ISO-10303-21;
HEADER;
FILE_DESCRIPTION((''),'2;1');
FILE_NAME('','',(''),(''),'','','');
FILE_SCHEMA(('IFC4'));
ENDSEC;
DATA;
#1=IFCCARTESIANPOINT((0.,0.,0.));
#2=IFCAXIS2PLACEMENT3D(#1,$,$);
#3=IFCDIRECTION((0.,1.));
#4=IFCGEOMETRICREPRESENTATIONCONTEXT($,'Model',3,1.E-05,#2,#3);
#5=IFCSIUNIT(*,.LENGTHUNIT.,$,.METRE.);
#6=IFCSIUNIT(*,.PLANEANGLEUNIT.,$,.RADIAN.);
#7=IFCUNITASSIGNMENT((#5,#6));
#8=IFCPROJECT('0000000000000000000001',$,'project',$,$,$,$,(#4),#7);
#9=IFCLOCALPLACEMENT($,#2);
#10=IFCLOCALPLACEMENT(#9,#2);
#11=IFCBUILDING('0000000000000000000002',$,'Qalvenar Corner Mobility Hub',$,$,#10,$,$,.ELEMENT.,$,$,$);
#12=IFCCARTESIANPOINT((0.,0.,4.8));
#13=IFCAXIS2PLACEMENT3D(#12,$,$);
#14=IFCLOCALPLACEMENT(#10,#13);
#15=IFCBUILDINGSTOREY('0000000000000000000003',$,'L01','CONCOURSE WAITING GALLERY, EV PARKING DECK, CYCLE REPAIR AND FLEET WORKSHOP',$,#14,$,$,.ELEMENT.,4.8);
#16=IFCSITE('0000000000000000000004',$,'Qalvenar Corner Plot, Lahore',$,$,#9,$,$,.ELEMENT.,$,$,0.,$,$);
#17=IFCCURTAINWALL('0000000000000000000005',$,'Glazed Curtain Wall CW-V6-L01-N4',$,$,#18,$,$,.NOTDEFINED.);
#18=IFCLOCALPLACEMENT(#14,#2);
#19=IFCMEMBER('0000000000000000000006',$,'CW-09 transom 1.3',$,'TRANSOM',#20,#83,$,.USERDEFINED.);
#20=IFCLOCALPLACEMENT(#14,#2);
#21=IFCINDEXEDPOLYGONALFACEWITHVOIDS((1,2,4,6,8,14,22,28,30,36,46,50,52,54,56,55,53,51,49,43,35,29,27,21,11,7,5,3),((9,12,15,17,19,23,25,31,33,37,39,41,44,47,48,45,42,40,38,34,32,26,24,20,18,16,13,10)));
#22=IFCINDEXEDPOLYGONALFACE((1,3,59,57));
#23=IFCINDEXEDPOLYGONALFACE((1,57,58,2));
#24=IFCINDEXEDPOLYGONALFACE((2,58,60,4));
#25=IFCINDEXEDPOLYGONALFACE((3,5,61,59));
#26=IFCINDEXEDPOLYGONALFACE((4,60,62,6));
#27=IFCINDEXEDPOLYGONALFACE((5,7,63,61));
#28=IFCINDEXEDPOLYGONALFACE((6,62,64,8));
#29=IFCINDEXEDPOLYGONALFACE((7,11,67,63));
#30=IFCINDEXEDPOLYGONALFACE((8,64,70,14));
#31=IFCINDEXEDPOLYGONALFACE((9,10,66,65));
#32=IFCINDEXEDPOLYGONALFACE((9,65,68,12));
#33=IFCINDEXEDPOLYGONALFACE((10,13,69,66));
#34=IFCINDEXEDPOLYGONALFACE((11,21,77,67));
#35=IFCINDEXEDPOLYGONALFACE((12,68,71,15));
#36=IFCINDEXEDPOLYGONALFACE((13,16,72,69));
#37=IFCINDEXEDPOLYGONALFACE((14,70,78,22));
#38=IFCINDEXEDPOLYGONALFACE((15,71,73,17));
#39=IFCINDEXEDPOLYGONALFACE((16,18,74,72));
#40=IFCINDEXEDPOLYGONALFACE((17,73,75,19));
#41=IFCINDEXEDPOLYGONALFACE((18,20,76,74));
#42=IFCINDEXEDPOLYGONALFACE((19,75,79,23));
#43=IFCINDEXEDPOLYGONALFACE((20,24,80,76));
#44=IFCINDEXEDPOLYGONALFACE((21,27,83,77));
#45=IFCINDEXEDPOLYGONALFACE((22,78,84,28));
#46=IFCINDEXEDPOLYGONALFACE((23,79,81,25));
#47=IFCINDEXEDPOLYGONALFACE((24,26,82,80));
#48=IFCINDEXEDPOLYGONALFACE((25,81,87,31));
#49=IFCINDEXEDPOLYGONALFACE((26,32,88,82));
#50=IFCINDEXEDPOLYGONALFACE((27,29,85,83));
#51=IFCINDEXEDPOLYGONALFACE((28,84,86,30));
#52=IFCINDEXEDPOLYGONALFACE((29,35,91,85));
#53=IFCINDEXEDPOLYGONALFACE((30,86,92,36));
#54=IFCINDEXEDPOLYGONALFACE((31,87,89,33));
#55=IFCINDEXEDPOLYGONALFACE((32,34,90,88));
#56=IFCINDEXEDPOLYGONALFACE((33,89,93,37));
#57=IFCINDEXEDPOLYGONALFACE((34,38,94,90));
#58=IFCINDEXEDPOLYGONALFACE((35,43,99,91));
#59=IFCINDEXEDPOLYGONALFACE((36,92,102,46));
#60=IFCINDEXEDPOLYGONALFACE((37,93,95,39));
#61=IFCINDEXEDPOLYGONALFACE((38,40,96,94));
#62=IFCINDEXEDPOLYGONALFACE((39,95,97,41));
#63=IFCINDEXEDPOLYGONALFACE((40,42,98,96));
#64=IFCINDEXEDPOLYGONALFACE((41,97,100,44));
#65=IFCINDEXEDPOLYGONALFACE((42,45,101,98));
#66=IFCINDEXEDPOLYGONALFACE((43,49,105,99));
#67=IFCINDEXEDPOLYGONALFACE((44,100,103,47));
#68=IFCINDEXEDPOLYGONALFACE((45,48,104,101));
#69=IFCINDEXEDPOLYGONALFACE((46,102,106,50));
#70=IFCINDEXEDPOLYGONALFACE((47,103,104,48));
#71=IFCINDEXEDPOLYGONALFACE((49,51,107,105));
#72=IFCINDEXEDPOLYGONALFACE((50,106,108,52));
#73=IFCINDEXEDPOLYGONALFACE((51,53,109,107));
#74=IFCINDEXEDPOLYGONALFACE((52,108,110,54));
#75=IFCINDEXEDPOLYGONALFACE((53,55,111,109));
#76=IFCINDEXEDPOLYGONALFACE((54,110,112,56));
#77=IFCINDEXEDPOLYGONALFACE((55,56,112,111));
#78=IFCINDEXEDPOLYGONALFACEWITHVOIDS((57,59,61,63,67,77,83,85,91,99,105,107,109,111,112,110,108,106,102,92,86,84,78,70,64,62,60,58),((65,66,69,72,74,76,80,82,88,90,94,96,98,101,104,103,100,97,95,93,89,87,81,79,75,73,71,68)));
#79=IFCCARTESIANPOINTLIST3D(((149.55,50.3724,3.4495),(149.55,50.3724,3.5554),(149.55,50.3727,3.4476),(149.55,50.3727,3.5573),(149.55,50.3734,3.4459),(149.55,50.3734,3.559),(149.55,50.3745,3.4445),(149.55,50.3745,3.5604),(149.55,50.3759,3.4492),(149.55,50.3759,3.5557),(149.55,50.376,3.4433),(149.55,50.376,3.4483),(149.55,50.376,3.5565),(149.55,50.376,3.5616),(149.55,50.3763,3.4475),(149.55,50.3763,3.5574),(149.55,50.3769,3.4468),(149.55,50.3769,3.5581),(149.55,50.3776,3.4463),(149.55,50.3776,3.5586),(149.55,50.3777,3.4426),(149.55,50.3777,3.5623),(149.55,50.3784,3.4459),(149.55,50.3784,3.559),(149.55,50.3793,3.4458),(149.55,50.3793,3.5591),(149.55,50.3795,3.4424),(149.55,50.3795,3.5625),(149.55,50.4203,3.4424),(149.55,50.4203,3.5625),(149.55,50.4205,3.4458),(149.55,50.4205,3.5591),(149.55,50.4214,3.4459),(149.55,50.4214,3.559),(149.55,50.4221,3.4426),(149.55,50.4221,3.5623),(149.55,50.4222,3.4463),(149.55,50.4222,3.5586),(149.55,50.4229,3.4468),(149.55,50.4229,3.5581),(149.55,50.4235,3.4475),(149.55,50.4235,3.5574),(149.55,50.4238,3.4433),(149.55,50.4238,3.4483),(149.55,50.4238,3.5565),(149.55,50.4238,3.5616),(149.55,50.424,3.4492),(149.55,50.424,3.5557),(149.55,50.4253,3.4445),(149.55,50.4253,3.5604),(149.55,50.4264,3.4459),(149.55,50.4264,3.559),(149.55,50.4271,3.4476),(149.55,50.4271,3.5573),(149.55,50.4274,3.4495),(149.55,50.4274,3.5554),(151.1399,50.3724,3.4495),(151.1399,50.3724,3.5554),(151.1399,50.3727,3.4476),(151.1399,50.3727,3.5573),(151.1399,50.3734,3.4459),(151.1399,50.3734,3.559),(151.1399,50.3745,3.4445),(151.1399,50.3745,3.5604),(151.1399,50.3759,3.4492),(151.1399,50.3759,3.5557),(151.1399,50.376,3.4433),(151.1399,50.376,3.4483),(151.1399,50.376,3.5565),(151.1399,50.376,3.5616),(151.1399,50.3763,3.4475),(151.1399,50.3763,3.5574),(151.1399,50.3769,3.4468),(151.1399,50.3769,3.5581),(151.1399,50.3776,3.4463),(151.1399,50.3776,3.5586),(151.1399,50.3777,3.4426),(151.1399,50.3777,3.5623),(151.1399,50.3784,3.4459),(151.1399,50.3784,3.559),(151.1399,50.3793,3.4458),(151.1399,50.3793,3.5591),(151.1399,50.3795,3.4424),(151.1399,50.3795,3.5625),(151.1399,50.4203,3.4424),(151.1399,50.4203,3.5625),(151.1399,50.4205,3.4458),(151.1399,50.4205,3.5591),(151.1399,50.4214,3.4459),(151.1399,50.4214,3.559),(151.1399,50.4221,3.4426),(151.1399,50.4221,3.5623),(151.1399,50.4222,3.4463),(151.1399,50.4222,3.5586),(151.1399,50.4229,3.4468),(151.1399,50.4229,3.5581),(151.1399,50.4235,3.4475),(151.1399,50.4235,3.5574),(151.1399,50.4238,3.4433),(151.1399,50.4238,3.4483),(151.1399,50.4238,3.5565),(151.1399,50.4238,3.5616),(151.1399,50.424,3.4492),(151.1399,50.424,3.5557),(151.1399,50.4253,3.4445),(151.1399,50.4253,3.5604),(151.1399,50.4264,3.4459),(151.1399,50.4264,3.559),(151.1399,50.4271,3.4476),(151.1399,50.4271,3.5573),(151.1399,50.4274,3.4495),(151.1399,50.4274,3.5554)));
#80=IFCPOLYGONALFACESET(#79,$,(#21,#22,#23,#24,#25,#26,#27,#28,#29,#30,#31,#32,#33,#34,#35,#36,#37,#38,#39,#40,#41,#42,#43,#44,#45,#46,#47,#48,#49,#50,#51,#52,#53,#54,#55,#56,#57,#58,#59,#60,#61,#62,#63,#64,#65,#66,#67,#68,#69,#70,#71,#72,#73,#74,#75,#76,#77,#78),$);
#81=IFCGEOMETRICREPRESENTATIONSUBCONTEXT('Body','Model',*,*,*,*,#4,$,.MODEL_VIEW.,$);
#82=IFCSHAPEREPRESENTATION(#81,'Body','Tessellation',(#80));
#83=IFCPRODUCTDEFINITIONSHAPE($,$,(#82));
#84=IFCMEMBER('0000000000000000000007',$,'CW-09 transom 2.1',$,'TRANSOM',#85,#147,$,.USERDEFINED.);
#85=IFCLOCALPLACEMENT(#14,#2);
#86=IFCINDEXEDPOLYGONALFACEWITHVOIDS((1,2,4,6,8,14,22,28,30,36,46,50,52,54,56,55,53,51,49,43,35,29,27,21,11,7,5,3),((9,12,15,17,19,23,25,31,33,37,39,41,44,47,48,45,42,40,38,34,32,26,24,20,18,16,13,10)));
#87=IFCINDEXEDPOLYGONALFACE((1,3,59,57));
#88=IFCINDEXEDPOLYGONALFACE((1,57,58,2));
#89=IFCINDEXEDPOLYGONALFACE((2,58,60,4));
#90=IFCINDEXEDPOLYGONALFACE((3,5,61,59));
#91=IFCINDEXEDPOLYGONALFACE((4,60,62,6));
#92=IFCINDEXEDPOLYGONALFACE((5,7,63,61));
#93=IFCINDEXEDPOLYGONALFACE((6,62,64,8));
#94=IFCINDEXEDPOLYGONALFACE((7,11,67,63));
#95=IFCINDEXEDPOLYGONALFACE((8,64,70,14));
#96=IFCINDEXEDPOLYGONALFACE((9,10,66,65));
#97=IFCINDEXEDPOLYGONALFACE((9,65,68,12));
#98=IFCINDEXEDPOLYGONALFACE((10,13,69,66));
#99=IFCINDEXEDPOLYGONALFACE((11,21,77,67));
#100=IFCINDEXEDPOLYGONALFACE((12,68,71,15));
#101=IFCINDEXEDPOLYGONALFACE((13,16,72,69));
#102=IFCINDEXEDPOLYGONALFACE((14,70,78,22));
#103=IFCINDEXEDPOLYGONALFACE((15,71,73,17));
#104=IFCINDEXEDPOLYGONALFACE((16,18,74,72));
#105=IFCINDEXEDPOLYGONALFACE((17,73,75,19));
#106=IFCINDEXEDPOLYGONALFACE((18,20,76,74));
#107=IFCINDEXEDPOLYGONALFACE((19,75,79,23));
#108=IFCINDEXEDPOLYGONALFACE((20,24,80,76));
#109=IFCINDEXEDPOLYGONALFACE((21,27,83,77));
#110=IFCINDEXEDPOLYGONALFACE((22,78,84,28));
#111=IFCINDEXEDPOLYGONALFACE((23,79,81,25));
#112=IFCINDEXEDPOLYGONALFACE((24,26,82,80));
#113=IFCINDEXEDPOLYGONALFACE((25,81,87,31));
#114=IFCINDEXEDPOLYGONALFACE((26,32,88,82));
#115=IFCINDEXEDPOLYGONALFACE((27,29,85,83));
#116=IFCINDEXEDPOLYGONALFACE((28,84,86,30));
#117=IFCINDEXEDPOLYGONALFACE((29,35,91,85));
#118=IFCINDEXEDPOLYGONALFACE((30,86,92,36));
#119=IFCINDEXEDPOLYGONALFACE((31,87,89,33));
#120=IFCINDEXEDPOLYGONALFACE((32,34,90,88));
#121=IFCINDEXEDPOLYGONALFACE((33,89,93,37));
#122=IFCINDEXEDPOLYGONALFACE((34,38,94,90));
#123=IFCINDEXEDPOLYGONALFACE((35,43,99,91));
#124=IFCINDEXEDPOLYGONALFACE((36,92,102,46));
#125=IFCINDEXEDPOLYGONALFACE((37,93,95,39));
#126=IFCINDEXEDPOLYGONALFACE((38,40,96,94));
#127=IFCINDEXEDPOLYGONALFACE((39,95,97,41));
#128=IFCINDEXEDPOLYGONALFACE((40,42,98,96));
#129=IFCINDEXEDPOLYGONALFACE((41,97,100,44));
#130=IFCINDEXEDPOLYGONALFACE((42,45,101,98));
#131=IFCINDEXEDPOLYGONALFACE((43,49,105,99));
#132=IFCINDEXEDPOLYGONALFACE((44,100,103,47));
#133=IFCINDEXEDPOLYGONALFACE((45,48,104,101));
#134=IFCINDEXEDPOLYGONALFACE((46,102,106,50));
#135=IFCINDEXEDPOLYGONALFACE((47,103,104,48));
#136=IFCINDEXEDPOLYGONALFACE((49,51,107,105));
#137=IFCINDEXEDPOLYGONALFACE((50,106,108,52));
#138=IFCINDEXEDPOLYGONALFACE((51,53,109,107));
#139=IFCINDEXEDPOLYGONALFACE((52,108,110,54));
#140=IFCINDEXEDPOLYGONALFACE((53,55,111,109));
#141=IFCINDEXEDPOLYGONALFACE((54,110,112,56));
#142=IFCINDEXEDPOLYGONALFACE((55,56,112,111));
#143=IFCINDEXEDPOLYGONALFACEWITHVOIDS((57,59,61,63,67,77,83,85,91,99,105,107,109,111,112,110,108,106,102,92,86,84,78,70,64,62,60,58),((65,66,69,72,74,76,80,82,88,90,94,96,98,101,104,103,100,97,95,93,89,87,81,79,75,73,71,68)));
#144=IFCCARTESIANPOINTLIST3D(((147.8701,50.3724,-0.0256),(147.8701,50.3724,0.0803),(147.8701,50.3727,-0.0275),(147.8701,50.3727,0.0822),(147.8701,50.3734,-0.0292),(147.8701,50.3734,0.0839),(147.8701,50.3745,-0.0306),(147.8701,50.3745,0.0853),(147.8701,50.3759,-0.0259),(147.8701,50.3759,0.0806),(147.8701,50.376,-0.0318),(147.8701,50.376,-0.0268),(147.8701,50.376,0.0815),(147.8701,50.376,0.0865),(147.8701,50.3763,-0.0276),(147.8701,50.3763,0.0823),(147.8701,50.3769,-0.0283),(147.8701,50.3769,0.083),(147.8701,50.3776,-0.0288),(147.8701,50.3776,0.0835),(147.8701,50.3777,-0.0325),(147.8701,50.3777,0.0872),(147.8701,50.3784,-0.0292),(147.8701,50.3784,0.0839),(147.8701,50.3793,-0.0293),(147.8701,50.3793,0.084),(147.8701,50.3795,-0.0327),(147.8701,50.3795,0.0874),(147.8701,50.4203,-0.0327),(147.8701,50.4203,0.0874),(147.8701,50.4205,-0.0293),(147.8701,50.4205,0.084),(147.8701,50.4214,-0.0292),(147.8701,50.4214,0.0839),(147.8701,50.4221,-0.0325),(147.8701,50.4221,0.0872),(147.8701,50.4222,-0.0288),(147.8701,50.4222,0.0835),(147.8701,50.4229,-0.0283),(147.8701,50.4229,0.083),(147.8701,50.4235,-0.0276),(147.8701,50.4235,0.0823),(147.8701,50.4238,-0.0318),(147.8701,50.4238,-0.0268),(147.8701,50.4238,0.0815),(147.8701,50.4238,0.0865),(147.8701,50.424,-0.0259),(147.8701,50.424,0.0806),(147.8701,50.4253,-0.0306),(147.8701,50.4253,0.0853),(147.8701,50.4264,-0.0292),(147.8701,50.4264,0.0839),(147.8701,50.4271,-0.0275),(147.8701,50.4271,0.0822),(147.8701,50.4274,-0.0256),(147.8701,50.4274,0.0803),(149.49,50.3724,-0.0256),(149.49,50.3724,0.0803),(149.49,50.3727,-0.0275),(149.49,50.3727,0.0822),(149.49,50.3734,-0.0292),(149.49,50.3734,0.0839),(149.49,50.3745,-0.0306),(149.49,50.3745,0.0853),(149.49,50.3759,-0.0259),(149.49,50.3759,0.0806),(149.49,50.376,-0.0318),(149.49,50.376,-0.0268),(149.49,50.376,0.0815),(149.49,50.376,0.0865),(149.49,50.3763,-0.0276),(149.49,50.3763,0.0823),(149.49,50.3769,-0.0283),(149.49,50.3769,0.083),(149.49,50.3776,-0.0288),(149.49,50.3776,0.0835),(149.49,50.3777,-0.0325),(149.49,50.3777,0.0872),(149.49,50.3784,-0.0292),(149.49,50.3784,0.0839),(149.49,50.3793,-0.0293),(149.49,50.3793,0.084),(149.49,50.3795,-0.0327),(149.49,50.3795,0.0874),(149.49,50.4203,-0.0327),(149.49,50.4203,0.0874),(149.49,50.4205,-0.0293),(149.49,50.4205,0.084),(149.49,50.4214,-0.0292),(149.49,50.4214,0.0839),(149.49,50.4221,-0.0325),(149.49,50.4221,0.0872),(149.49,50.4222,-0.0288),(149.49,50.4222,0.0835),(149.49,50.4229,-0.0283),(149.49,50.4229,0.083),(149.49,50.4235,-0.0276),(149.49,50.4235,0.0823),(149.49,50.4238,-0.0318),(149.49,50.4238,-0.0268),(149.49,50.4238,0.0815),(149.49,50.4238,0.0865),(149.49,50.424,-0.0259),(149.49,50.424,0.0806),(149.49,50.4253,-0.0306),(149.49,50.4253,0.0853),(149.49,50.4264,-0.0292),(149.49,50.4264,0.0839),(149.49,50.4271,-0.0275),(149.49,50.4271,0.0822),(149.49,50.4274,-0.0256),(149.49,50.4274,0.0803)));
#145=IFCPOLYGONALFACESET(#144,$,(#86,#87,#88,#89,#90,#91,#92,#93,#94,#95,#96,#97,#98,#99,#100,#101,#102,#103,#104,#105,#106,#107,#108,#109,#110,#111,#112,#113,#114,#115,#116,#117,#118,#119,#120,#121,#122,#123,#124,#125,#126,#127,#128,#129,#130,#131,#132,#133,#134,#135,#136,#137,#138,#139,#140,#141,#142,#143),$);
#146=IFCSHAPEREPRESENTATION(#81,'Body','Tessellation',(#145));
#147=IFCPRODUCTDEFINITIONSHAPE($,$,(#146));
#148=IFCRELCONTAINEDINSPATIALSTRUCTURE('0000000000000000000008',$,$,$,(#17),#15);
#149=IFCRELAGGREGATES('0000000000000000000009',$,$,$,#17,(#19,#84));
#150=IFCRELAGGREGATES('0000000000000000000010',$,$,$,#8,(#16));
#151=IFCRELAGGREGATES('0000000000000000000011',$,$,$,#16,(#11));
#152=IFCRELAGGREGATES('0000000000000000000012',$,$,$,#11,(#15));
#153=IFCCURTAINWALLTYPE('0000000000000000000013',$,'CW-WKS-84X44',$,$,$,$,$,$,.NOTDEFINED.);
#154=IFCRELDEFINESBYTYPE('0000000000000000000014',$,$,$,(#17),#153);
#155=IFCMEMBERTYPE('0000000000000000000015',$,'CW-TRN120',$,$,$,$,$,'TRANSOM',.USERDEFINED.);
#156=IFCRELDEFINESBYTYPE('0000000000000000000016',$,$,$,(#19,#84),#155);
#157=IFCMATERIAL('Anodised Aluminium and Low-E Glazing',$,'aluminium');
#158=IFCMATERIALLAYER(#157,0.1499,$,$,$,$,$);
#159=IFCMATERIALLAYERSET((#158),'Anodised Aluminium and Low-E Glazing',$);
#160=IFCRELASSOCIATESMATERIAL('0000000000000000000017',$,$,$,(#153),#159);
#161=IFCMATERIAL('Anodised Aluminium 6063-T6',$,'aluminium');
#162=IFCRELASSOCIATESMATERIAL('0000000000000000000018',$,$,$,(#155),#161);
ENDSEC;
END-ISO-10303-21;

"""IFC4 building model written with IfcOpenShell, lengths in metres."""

from ifc_helpers import new_model, si_unit, direction, frame, origin, origin_2d, place, context, subcontext, project, spatial, hollow_rectangle, extrude, material, layer, layer_set, material_profile, profile_set, type_object, element, aggregate, save


model = new_model("IFC4")

# Units and contexts
model_context = context("Model", 3, precision=1e-05, world=origin(), true_north=direction((0.0, 1.0)))
body_context = subcontext(model_context, "Body", "Model", "MODEL_VIEW")
ifc_project = project(units=[si_unit("LENGTHUNIT", "METRE"), si_unit("PLANEANGLEUNIT", "RADIAN")], contexts=[model_context])

# Site, building, storey
site_placement = place(None, origin())
site = spatial("IfcSite", under=ifc_project, at=site_placement, Name="Qalvenar Corner Plot, Lahore", CompositionType="ELEMENT", RefElevation=0.0)
building_placement = place(site_placement, origin())
building = spatial("IfcBuilding", under=site, at=building_placement, Name="Qalvenar Corner Mobility Hub", CompositionType="ELEMENT")
storey_placement = place(building_placement, frame((0.0, 0.0, 4.8)))
storey = spatial("IfcBuildingStorey", under=building, at=storey_placement, Name="L01", Description="CONCOURSE WAITING GALLERY, EV PARKING DECK, CYCLE REPAIR AND FLEET WORKSHOP", CompositionType="ELEMENT", Elevation=4.8)

# Curtain wall, members
ifc_material_1 = material(Name="Anodised Aluminium and Low-E Glazing", Category="aluminium")
ifc_layer_1 = layer(ifc_material_1, 0.1499)
ifc_layer_set_1 = layer_set([ifc_layer_1], Name="Anodised Aluminium and Low-E Glazing")
curtain_wall_type = type_object("IfcCurtainWallType", Name="CW-WKS-84X44", PredefinedType="NOTDEFINED", material=ifc_layer_set_1)
curtain_wall_placement = place(storey_placement, origin())
curtain_wall = element("IfcCurtainWall", 1, at=curtain_wall_placement, inside=storey, type_object=curtain_wall_type, Name="Glazed Curtain Wall CW-V6-L01-N4", PredefinedType="NOTDEFINED")
ifc_material_2 = material(Name="Anodised Aluminium 6063-T6", Category="aluminium")
ifc_material_profile_1 = material_profile(ifc_material_2, hollow_rectangle(XDim=0.0549, YDim=0.1201, WallThickness=0.0034, InnerFilletRadius=0.0034, OuterFilletRadius=0.0071, at=origin_2d()), Name="RHS120x55x3.5")
ifc_profile_set_1 = profile_set([ifc_material_profile_1], Name="Anodised Aluminium 6063-T6")
member_type_1 = type_object("IfcMemberType", Name="CW-TRN120", ElementType="TRANSOM", PredefinedType="USERDEFINED", material=ifc_profile_set_1)
member_1_placement = place(storey_placement, frame((151.1399, 50.3999, 3.5024), z_axis=(-1.0, 0.0, 0.0), x_axis=(0.0, -1.0, 0.0)))
member_1 = element("IfcMember", 2, at=member_1_placement, type_object=member_type_1, Name="CW-09 transom 1.3", ObjectType="TRANSOM", PredefinedType="USERDEFINED", context=body_context, shape_type="SweptSolid", body=[
    extrude(hollow_rectangle(XDim=0.0549, YDim=0.1201, WallThickness=0.0034, InnerFilletRadius=0.0034, OuterFilletRadius=0.0071, at=origin_2d()), origin(), (0.0, 0.0, 1.0), 1.5898),
])
member_2_placement = place(storey_placement, frame((149.49, 50.3999, 0.0273), z_axis=(-1.0, 0.0, 0.0), x_axis=(0.0, -1.0, 0.0)))
member_2 = element("IfcMember", 3, at=member_2_placement, type_object=member_type_1, Name="CW-09 transom 2.1", ObjectType="TRANSOM", PredefinedType="USERDEFINED", context=body_context, shape_type="SweptSolid", body=[
    extrude(hollow_rectangle(XDim=0.0549, YDim=0.1201, WallThickness=0.0034, InnerFilletRadius=0.0034, OuterFilletRadius=0.0071, at=origin_2d()), origin(), (0.0, 0.0, 1.0), 1.6199),
])
aggregate(curtain_wall, [member_1, member_2])

save(model, "model.ifc")
